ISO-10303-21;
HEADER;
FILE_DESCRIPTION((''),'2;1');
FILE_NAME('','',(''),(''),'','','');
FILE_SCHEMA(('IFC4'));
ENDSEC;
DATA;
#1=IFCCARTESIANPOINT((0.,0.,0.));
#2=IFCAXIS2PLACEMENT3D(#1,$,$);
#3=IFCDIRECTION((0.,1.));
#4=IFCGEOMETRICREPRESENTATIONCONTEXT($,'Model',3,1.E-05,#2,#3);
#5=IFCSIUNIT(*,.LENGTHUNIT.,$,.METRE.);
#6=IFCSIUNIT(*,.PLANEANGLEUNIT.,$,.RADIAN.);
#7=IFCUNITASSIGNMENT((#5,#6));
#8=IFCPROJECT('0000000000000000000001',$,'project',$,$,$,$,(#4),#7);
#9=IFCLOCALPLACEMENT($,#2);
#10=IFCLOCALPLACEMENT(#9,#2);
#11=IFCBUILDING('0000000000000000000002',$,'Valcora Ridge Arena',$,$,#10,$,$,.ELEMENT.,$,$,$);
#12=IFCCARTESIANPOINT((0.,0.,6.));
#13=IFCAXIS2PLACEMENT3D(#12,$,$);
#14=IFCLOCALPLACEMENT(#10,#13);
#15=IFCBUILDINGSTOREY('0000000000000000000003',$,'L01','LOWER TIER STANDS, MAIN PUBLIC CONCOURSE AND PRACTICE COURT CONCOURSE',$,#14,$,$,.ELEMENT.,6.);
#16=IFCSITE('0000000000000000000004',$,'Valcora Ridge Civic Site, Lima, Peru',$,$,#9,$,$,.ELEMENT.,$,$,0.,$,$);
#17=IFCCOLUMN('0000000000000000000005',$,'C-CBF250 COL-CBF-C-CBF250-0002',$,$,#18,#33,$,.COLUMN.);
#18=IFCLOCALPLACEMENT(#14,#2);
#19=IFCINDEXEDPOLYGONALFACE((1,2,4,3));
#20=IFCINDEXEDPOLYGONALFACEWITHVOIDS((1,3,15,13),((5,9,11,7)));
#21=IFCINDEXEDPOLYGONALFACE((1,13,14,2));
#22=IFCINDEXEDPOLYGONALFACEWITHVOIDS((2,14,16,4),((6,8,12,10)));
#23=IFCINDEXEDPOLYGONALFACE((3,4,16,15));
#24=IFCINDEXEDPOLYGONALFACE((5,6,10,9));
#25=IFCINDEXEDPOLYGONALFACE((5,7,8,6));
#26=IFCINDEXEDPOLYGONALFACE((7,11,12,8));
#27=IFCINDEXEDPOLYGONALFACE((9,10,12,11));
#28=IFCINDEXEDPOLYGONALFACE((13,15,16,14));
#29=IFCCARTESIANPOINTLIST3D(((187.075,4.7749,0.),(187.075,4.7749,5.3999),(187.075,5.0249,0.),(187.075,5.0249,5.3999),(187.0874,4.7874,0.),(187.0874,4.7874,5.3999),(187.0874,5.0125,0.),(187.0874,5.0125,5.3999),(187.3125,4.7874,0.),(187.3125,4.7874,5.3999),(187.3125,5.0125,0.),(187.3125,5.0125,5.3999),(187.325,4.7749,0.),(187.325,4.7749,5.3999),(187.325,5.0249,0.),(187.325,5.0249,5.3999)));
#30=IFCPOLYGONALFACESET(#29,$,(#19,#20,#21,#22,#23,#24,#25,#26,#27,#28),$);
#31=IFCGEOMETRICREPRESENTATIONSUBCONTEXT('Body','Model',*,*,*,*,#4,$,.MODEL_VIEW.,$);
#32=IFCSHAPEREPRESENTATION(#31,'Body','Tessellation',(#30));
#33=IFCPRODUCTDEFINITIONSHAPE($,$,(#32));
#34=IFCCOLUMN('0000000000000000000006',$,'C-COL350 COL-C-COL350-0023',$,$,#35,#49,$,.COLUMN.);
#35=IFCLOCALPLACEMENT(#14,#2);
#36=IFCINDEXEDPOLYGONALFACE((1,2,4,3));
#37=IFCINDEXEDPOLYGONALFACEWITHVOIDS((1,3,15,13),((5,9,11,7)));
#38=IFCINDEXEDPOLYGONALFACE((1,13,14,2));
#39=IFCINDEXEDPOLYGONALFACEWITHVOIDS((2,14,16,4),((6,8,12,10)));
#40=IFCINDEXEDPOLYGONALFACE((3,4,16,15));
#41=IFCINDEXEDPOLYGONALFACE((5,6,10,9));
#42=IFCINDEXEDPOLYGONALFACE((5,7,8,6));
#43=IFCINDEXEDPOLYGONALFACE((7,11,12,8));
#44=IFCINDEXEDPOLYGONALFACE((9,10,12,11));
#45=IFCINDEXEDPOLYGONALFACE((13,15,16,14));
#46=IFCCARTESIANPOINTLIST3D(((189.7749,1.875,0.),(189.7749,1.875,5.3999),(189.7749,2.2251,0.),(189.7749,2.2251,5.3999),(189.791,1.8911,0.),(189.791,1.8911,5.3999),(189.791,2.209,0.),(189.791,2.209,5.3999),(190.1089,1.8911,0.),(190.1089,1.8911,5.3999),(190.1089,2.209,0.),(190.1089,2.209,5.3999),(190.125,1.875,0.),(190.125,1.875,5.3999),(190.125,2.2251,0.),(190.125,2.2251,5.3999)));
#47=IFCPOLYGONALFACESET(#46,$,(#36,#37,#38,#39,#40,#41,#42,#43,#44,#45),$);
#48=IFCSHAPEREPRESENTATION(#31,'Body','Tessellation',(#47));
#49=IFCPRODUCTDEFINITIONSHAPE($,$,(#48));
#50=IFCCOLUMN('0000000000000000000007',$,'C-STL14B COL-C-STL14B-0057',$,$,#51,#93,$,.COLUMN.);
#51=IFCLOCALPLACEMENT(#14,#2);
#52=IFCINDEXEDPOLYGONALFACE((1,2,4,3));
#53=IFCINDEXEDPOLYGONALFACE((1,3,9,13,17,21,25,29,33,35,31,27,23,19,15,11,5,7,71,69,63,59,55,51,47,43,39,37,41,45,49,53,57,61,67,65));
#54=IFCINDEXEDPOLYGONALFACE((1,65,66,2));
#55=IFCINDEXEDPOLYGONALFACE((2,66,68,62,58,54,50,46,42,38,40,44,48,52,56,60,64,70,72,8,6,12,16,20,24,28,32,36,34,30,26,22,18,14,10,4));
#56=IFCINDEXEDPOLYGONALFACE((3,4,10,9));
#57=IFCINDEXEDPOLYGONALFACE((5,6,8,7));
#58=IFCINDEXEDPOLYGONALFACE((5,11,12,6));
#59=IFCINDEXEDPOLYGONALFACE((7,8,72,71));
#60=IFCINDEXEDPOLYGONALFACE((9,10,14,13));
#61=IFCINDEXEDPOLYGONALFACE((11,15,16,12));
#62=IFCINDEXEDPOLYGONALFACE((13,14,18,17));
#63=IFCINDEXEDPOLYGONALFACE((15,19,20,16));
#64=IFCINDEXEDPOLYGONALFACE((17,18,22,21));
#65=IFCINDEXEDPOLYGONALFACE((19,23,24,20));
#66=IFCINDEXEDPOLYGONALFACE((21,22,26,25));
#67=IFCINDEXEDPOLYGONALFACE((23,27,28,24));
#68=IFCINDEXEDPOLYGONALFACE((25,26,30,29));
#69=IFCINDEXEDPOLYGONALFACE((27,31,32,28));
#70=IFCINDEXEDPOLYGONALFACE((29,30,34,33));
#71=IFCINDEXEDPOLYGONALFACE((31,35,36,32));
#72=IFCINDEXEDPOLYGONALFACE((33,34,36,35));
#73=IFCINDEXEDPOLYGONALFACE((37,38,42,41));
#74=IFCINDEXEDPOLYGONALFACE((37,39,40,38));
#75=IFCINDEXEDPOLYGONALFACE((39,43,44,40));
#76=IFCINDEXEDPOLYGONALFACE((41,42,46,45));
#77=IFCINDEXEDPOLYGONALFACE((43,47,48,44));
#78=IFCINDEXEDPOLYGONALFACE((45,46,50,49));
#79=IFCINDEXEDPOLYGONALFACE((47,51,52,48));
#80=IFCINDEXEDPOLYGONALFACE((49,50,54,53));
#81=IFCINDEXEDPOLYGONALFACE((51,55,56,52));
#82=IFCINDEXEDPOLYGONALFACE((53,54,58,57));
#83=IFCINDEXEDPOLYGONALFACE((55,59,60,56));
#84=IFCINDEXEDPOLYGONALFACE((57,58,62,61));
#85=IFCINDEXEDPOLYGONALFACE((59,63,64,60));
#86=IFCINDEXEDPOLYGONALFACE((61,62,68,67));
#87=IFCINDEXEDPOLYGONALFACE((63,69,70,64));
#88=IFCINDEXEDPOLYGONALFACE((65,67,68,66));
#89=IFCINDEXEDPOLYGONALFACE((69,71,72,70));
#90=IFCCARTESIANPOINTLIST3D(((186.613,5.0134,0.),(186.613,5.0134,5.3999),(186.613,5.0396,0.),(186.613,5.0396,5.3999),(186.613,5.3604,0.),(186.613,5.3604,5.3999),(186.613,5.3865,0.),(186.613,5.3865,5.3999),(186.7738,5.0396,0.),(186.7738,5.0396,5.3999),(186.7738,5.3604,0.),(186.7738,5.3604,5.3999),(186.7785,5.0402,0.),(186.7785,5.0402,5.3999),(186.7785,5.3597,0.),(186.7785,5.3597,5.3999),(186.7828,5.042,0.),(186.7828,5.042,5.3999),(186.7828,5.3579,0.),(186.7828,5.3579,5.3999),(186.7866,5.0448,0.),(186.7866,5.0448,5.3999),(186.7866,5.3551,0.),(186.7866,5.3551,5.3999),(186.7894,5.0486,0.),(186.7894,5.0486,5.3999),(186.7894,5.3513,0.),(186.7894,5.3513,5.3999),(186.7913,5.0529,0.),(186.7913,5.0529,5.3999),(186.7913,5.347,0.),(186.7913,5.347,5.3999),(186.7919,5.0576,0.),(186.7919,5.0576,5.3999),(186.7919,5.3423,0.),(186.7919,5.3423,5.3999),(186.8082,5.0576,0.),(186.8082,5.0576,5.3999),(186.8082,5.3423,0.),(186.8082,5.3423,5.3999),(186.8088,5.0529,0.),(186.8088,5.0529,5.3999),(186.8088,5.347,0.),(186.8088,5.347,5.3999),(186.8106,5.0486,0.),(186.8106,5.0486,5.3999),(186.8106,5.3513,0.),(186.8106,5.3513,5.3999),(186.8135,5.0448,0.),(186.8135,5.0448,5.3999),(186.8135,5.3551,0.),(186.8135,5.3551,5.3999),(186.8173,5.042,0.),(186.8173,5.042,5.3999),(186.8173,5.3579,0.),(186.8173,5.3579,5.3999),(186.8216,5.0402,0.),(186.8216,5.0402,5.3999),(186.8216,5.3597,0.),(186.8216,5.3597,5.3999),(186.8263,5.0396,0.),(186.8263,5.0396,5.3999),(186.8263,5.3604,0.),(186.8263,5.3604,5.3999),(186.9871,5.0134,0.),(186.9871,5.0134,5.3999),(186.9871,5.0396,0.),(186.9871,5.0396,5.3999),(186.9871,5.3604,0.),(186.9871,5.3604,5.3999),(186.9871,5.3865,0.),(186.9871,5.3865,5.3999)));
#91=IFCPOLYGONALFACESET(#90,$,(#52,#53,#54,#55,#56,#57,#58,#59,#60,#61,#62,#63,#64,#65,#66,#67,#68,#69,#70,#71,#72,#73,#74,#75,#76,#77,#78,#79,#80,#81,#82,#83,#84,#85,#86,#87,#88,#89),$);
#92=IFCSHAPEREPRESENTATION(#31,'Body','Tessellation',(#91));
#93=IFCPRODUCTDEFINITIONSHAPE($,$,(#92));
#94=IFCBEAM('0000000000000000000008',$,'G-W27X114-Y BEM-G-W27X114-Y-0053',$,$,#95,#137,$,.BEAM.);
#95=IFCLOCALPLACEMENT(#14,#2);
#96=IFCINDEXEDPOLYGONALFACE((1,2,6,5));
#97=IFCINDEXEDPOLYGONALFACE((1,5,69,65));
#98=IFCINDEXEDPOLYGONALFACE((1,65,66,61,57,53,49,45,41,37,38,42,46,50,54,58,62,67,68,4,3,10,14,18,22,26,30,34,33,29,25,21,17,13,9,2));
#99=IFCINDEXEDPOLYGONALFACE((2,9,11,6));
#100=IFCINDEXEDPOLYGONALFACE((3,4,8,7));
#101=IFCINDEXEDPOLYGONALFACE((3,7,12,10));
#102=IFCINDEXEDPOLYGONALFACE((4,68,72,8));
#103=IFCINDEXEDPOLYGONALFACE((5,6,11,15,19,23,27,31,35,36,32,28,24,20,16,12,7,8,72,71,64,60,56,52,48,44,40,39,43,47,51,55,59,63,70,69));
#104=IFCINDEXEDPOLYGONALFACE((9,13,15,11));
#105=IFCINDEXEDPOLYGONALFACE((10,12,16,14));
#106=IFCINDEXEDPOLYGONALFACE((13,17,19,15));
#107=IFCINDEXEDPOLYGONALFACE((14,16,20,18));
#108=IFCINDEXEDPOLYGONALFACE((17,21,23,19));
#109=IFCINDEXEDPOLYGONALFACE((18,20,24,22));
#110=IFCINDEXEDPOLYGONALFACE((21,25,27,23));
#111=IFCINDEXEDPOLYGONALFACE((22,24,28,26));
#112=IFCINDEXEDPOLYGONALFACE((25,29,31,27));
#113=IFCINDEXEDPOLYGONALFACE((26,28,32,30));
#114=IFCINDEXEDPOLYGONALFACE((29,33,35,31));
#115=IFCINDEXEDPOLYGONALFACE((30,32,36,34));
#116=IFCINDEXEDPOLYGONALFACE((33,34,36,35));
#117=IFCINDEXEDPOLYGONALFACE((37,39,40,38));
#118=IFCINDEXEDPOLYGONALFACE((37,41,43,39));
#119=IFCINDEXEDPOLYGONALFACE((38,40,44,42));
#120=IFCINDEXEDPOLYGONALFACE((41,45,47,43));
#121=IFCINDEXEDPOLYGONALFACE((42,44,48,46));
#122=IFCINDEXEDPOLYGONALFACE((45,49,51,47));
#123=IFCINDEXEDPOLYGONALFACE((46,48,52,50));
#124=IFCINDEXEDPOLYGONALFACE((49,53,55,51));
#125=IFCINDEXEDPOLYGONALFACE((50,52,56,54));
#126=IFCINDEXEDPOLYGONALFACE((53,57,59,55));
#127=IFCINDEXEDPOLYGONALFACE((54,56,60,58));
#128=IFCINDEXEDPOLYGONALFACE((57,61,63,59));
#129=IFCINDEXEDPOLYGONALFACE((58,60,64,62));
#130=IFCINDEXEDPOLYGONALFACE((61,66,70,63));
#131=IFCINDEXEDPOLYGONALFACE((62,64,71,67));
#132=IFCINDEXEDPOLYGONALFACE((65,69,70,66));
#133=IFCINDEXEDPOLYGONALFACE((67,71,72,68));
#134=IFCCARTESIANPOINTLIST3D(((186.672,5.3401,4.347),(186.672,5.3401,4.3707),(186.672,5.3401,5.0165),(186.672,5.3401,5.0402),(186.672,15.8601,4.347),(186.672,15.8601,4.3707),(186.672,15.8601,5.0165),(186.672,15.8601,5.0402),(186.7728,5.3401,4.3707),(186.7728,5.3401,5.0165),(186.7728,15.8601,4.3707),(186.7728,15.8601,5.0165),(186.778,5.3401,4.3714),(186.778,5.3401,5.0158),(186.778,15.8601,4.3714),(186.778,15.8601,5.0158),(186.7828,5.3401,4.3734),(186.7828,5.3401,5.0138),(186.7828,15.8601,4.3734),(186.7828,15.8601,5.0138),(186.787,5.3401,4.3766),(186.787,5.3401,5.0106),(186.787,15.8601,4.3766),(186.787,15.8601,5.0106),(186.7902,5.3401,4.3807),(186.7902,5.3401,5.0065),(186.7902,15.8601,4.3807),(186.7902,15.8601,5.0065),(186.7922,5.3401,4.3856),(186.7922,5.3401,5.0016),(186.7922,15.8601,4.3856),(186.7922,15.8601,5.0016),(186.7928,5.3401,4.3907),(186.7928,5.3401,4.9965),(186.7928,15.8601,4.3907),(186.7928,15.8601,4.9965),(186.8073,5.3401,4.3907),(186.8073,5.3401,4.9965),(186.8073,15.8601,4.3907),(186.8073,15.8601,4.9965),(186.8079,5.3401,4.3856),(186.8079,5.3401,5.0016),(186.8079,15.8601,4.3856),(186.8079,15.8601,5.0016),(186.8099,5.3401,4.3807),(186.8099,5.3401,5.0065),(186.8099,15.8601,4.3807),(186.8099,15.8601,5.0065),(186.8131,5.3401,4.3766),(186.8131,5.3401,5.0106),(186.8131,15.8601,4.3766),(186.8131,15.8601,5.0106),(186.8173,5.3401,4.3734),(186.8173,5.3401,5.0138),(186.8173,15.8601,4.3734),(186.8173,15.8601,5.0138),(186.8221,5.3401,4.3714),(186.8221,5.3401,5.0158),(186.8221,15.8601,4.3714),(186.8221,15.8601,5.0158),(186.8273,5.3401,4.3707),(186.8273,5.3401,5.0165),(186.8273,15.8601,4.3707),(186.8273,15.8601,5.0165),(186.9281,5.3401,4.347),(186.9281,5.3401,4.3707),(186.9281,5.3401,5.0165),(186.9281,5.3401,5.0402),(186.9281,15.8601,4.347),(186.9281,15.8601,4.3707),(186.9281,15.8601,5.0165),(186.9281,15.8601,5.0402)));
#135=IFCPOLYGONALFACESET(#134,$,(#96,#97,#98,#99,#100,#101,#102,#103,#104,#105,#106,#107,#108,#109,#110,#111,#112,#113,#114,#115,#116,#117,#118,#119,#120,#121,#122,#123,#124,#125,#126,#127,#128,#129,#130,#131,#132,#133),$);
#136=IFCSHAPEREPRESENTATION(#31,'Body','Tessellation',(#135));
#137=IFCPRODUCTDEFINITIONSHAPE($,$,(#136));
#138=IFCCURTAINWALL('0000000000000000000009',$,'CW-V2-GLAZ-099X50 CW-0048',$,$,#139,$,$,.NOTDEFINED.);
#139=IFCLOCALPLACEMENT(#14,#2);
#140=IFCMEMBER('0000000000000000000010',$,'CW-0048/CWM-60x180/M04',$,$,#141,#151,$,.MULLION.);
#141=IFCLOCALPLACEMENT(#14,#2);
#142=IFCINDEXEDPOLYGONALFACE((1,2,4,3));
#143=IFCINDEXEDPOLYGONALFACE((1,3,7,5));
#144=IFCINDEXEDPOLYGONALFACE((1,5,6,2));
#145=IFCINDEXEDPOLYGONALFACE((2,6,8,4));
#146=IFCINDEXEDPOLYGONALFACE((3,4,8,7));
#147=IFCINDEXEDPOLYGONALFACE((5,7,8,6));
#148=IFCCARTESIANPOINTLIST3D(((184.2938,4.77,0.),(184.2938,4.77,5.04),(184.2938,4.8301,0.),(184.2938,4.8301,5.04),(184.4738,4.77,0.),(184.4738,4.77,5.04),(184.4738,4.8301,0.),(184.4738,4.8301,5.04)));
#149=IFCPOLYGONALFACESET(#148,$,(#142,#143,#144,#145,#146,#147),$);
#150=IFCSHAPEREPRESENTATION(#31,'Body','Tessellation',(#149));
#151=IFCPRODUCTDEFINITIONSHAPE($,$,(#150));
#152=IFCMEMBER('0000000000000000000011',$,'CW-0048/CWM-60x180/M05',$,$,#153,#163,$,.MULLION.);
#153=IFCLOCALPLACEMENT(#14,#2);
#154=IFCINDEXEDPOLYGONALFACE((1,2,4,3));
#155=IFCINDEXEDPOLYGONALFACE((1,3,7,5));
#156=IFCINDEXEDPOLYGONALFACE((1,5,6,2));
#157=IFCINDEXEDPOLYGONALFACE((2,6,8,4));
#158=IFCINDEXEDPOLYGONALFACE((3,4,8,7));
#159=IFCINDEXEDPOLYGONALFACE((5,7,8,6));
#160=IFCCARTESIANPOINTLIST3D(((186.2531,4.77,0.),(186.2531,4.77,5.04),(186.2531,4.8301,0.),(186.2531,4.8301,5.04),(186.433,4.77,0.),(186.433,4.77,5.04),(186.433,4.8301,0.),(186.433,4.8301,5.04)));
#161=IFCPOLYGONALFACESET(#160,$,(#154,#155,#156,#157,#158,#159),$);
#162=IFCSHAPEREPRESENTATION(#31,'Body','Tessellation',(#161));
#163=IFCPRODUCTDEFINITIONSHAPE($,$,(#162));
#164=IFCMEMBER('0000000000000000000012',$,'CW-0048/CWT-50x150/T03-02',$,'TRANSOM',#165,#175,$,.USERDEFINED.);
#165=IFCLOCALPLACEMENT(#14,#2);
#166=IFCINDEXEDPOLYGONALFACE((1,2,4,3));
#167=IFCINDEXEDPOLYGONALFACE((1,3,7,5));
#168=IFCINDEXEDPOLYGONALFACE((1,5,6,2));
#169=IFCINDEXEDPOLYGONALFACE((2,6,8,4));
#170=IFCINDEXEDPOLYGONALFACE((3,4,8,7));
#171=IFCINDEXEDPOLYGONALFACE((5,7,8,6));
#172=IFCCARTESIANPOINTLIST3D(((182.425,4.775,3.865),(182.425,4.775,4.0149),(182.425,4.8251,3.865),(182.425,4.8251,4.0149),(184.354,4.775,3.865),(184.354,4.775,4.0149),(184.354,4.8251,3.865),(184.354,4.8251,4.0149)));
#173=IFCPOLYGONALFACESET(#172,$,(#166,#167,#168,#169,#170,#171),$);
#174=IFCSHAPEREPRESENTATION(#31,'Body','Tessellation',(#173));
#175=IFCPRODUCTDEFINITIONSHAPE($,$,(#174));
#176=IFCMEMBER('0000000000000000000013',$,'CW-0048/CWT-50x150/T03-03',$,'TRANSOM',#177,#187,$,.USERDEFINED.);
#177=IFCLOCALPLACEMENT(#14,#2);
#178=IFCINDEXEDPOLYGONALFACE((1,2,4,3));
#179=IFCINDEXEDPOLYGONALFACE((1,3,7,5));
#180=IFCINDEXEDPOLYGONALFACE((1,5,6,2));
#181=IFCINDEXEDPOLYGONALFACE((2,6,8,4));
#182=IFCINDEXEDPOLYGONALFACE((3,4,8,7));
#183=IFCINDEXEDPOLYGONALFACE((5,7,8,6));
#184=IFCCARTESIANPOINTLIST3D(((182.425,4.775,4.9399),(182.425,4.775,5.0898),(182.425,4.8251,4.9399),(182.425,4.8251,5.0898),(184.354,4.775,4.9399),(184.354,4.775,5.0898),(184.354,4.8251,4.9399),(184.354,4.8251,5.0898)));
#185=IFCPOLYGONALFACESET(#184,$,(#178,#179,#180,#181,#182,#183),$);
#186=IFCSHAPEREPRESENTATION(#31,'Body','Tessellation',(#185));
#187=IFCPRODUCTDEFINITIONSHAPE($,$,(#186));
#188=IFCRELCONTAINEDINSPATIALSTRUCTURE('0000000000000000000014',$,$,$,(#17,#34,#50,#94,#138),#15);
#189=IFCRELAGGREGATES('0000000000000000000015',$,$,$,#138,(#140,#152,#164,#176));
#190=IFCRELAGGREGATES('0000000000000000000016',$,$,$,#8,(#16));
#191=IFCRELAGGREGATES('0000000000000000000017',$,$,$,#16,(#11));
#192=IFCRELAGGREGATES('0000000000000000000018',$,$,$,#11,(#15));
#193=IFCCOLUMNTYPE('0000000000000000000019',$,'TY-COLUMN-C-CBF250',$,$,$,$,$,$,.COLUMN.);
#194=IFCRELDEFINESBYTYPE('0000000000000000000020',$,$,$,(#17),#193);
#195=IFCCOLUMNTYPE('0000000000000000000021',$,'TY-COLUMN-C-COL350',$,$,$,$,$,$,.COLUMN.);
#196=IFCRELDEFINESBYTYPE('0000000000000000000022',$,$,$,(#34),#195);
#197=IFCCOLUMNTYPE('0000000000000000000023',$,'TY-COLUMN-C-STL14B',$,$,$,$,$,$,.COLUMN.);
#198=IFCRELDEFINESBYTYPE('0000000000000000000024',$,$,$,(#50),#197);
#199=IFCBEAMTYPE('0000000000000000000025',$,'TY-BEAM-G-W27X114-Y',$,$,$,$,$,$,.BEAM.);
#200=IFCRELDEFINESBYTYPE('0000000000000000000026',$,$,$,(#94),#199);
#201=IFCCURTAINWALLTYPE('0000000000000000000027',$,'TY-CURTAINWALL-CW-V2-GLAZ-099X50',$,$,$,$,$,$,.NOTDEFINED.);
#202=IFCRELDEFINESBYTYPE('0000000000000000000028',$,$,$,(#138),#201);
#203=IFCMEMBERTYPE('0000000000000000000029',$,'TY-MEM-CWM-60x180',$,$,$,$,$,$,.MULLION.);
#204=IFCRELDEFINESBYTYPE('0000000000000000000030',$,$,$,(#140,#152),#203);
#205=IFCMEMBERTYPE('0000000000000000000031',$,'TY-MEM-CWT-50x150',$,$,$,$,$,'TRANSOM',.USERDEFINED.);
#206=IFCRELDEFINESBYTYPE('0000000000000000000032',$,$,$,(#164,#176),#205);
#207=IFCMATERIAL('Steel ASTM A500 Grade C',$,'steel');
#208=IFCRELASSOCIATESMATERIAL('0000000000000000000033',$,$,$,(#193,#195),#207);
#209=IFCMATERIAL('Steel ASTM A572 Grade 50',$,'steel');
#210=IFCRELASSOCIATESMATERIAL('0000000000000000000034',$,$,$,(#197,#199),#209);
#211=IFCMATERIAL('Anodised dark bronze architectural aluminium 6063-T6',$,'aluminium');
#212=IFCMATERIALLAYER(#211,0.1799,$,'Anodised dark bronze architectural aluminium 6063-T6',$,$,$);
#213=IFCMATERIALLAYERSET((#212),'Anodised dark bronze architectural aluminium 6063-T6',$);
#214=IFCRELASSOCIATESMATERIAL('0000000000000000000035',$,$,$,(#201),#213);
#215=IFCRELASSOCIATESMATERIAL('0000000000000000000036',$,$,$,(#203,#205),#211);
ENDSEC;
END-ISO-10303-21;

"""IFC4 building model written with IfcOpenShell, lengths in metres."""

from ifc_helpers import new_model, si_unit, direction, frame, origin, origin_2d, place, context, subcontext, project, spatial, rectangle, hollow_rectangle, i_section, extrude, material, layer, layer_set, material_profile, profile_set, type_object, element, aggregate, save


model = new_model("IFC4")

# Units and contexts
model_context = context("Model", 3, precision=1e-05, world=origin(), true_north=direction((0.0, 1.0)))
body_context = subcontext(model_context, "Body", "Model", "MODEL_VIEW")
ifc_project = project(units=[si_unit("LENGTHUNIT", "METRE"), si_unit("PLANEANGLEUNIT", "RADIAN")], contexts=[model_context])

# Site, building, storey
site_placement = place(None, origin())
site = spatial("IfcSite", under=ifc_project, at=site_placement, Name="Valcora Ridge Civic Site, Lima, Peru", CompositionType="ELEMENT", RefElevation=0.0)
building_placement = place(site_placement, origin())
building = spatial("IfcBuilding", under=site, at=building_placement, Name="Valcora Ridge Arena", CompositionType="ELEMENT")
storey_placement = place(building_placement, frame((0.0, 0.0, 6.0)))
storey = spatial("IfcBuildingStorey", under=building, at=storey_placement, Name="L01", Description="LOWER TIER STANDS, MAIN PUBLIC CONCOURSE AND PRACTICE COURT CONCOURSE", CompositionType="ELEMENT", Elevation=6.0)

# Columns
ifc_material_1 = material(Name="Steel ASTM A500 Grade C", Category="steel")
ifc_material_profile_1 = material_profile(ifc_material_1, hollow_rectangle(XDim=0.25, YDim=0.25, WallThickness=0.0125, at=origin_2d()), Name="HSS250X250X12")
ifc_profile_set_1 = profile_set([ifc_material_profile_1], Name="Steel ASTM A500 Grade C")
column_type_1 = type_object("IfcColumnType", Name="TY-COLUMN-C-CBF250", PredefinedType="COLUMN", material=ifc_profile_set_1)
column_1_placement = place(storey_placement, frame((187.2, 4.8999, 0.0), z_axis=(0.0, 0.0, 1.0), x_axis=(1.0, 0.0, 0.0)))
element("IfcColumn", 1, at=column_1_placement, inside=storey, type_object=column_type_1, Name="C-CBF250 COL-CBF-C-CBF250-0002", PredefinedType="COLUMN", context=body_context, shape_type="SweptSolid", body=[
    extrude(hollow_rectangle(XDim=0.25, YDim=0.25, WallThickness=0.0125, at=origin_2d()), origin(), (0.0, 0.0, 1.0), 5.3999),
])
ifc_material_profile_2 = material_profile(ifc_material_1, hollow_rectangle(XDim=0.3501, YDim=0.3501, WallThickness=0.0161, at=origin_2d()), Name="HSS350X350X16")
ifc_profile_set_2 = profile_set([ifc_material_profile_2], Name="Steel ASTM A500 Grade C")
column_type_2 = type_object("IfcColumnType", Name="TY-COLUMN-C-COL350", PredefinedType="COLUMN", material=ifc_profile_set_2)
column_2_placement = place(storey_placement, frame((189.95, 2.05, 0.0), z_axis=(0.0, 0.0, 1.0), x_axis=(1.0, 0.0, 0.0)))
element("IfcColumn", 2, at=column_2_placement, inside=storey, type_object=column_type_2, Name="C-COL350 COL-C-COL350-0023", PredefinedType="COLUMN", context=body_context, shape_type="SweptSolid", body=[
    extrude(hollow_rectangle(XDim=0.3501, YDim=0.3501, WallThickness=0.0161, at=origin_2d()), origin(), (0.0, 0.0, 1.0), 5.3999),
])
ifc_material_2 = material(Name="Steel ASTM A572 Grade 50", Category="steel")
ifc_material_profile_3 = material_profile(ifc_material_2, i_section(OverallWidth=0.374, OverallDepth=0.373, WebThickness=0.0164, FlangeThickness=0.0261, FilletRadius=0.0181, at=origin_2d()), Name="W14X132")
ifc_profile_set_3 = profile_set([ifc_material_profile_3], Name="Steel ASTM A572 Grade 50")
column_type_3 = type_object("IfcColumnType", Name="TY-COLUMN-C-STL14B", PredefinedType="COLUMN", material=ifc_profile_set_3)
column_3_placement = place(storey_placement, frame((186.8, 5.2, 0.0), z_axis=(0.0, 0.0, 1.0), x_axis=(1.0, 0.0, 0.0)))
element("IfcColumn", 3, at=column_3_placement, inside=storey, type_object=column_type_3, Name="C-STL14B COL-C-STL14B-0057", PredefinedType="COLUMN", context=body_context, shape_type="SweptSolid", body=[
    extrude(i_section(OverallWidth=0.374, OverallDepth=0.373, WebThickness=0.0164, FlangeThickness=0.0261, FilletRadius=0.0181, at=origin_2d()), origin(), (0.0, 0.0, 1.0), 5.3999),
])

# Beam
ifc_material_profile_4 = material_profile(ifc_material_2, i_section(OverallWidth=0.2561, OverallDepth=0.6931, WebThickness=0.0144, FlangeThickness=0.0237, FilletRadius=0.02, at=origin_2d()), Name="W27X114")
ifc_profile_set_4 = profile_set([ifc_material_profile_4], Name="Steel ASTM A572 Grade 50")
beam_type = type_object("IfcBeamType", Name="TY-BEAM-G-W27X114-Y", PredefinedType="BEAM", material=ifc_profile_set_4)
beam_placement = place(storey_placement, frame((186.8, 5.3401, 4.6936), z_axis=(0.0, 1.0, 0.0), x_axis=(-1.0, 0.0, 0.0)))
element("IfcBeam", 4, at=beam_placement, inside=storey, type_object=beam_type, Name="G-W27X114-Y BEM-G-W27X114-Y-0053", PredefinedType="BEAM", context=body_context, shape_type="SweptSolid", body=[
    extrude(i_section(OverallWidth=0.2561, OverallDepth=0.6931, WebThickness=0.0144, FlangeThickness=0.0237, FilletRadius=0.02, at=origin_2d()), origin(), (0.0, 0.0, 1.0), 10.52),
])

# Curtain wall, members
ifc_material_3 = material(Name="Anodised dark bronze architectural aluminium 6063-T6", Category="aluminium")
ifc_layer_1 = layer(ifc_material_3, 0.1799, Name="Anodised dark bronze architectural aluminium 6063-T6")
ifc_layer_set_1 = layer_set([ifc_layer_1], Name="Anodised dark bronze architectural aluminium 6063-T6")
curtain_wall_type = type_object("IfcCurtainWallType", Name="TY-CURTAINWALL-CW-V2-GLAZ-099X50", PredefinedType="NOTDEFINED", material=ifc_layer_set_1)
curtain_wall_placement = place(storey_placement, origin())
curtain_wall = element("IfcCurtainWall", 5, at=curtain_wall_placement, inside=storey, type_object=curtain_wall_type, Name="CW-V2-GLAZ-099X50 CW-0048", PredefinedType="NOTDEFINED")
ifc_material_profile_5 = material_profile(ifc_material_3, rectangle(XDim=0.0601, YDim=0.1799, at=origin_2d()), Name="ALU MULLION 60x180")
ifc_profile_set_5 = profile_set([ifc_material_profile_5], Name="Anodised dark bronze architectural aluminium 6063-T6")
member_type_1 = type_object("IfcMemberType", Name="TY-MEM-CWM-60x180", PredefinedType="MULLION", material=ifc_profile_set_5)
member_1_placement = place(storey_placement, frame((184.3838, 4.8, 0.0), z_axis=(0.0, 0.0, 1.0), x_axis=(0.0, 1.0, 0.0)))
member_1 = element("IfcMember", 6, at=member_1_placement, type_object=member_type_1, Name="CW-0048/CWM-60x180/M04", PredefinedType="MULLION", context=body_context, shape_type="SweptSolid", body=[
    extrude(rectangle(XDim=0.0601, YDim=0.1799, at=origin_2d()), origin(), (0.0, 0.0, 1.0), 5.04),
])
member_2_placement = place(storey_placement, frame((186.343, 4.8, 0.0), z_axis=(0.0, 0.0, 1.0), x_axis=(0.0, 1.0, 0.0)))
member_2 = element("IfcMember", 7, at=member_2_placement, type_object=member_type_1, Name="CW-0048/CWM-60x180/M05", PredefinedType="MULLION", context=body_context, shape_type="SweptSolid", body=[
    extrude(rectangle(XDim=0.0601, YDim=0.1799, at=origin_2d()), origin(), (0.0, 0.0, 1.0), 5.04),
])
ifc_material_profile_6 = material_profile(ifc_material_3, rectangle(XDim=0.05, YDim=0.1499, at=origin_2d()), Name="ALU TRANSOM 50x150")
ifc_profile_set_6 = profile_set([ifc_material_profile_6], Name="Anodised dark bronze architectural aluminium 6063-T6")
member_type_2 = type_object("IfcMemberType", Name="TY-MEM-CWT-50x150", ElementType="TRANSOM", PredefinedType="USERDEFINED", material=ifc_profile_set_6)
member_3_placement = place(storey_placement, frame((182.425, 4.8, 3.9399), z_axis=(1.0, 0.0, 0.0), x_axis=(0.0, 1.0, 0.0)))
member_3 = element("IfcMember", 8, at=member_3_placement, type_object=member_type_2, Name="CW-0048/CWT-50x150/T03-02", ObjectType="TRANSOM", PredefinedType="USERDEFINED", context=body_context, shape_type="SweptSolid", body=[
    extrude(rectangle(XDim=0.05, YDim=0.1499, at=origin_2d()), origin(), (0.0, 0.0, 1.0), 1.929),
])
member_4_placement = place(storey_placement, frame((182.425, 4.8, 5.0149), z_axis=(1.0, 0.0, 0.0), x_axis=(0.0, 1.0, 0.0)))
member_4 = element("IfcMember", 9, at=member_4_placement, type_object=member_type_2, Name="CW-0048/CWT-50x150/T03-03", ObjectType="TRANSOM", PredefinedType="USERDEFINED", context=body_context, shape_type="SweptSolid", body=[
    extrude(rectangle(XDim=0.05, YDim=0.1499, at=origin_2d()), origin(), (0.0, 0.0, 1.0), 1.929),
])

aggregate(curtain_wall, [member_1, member_2, member_3, member_4])

save(model, "model.ifc")
